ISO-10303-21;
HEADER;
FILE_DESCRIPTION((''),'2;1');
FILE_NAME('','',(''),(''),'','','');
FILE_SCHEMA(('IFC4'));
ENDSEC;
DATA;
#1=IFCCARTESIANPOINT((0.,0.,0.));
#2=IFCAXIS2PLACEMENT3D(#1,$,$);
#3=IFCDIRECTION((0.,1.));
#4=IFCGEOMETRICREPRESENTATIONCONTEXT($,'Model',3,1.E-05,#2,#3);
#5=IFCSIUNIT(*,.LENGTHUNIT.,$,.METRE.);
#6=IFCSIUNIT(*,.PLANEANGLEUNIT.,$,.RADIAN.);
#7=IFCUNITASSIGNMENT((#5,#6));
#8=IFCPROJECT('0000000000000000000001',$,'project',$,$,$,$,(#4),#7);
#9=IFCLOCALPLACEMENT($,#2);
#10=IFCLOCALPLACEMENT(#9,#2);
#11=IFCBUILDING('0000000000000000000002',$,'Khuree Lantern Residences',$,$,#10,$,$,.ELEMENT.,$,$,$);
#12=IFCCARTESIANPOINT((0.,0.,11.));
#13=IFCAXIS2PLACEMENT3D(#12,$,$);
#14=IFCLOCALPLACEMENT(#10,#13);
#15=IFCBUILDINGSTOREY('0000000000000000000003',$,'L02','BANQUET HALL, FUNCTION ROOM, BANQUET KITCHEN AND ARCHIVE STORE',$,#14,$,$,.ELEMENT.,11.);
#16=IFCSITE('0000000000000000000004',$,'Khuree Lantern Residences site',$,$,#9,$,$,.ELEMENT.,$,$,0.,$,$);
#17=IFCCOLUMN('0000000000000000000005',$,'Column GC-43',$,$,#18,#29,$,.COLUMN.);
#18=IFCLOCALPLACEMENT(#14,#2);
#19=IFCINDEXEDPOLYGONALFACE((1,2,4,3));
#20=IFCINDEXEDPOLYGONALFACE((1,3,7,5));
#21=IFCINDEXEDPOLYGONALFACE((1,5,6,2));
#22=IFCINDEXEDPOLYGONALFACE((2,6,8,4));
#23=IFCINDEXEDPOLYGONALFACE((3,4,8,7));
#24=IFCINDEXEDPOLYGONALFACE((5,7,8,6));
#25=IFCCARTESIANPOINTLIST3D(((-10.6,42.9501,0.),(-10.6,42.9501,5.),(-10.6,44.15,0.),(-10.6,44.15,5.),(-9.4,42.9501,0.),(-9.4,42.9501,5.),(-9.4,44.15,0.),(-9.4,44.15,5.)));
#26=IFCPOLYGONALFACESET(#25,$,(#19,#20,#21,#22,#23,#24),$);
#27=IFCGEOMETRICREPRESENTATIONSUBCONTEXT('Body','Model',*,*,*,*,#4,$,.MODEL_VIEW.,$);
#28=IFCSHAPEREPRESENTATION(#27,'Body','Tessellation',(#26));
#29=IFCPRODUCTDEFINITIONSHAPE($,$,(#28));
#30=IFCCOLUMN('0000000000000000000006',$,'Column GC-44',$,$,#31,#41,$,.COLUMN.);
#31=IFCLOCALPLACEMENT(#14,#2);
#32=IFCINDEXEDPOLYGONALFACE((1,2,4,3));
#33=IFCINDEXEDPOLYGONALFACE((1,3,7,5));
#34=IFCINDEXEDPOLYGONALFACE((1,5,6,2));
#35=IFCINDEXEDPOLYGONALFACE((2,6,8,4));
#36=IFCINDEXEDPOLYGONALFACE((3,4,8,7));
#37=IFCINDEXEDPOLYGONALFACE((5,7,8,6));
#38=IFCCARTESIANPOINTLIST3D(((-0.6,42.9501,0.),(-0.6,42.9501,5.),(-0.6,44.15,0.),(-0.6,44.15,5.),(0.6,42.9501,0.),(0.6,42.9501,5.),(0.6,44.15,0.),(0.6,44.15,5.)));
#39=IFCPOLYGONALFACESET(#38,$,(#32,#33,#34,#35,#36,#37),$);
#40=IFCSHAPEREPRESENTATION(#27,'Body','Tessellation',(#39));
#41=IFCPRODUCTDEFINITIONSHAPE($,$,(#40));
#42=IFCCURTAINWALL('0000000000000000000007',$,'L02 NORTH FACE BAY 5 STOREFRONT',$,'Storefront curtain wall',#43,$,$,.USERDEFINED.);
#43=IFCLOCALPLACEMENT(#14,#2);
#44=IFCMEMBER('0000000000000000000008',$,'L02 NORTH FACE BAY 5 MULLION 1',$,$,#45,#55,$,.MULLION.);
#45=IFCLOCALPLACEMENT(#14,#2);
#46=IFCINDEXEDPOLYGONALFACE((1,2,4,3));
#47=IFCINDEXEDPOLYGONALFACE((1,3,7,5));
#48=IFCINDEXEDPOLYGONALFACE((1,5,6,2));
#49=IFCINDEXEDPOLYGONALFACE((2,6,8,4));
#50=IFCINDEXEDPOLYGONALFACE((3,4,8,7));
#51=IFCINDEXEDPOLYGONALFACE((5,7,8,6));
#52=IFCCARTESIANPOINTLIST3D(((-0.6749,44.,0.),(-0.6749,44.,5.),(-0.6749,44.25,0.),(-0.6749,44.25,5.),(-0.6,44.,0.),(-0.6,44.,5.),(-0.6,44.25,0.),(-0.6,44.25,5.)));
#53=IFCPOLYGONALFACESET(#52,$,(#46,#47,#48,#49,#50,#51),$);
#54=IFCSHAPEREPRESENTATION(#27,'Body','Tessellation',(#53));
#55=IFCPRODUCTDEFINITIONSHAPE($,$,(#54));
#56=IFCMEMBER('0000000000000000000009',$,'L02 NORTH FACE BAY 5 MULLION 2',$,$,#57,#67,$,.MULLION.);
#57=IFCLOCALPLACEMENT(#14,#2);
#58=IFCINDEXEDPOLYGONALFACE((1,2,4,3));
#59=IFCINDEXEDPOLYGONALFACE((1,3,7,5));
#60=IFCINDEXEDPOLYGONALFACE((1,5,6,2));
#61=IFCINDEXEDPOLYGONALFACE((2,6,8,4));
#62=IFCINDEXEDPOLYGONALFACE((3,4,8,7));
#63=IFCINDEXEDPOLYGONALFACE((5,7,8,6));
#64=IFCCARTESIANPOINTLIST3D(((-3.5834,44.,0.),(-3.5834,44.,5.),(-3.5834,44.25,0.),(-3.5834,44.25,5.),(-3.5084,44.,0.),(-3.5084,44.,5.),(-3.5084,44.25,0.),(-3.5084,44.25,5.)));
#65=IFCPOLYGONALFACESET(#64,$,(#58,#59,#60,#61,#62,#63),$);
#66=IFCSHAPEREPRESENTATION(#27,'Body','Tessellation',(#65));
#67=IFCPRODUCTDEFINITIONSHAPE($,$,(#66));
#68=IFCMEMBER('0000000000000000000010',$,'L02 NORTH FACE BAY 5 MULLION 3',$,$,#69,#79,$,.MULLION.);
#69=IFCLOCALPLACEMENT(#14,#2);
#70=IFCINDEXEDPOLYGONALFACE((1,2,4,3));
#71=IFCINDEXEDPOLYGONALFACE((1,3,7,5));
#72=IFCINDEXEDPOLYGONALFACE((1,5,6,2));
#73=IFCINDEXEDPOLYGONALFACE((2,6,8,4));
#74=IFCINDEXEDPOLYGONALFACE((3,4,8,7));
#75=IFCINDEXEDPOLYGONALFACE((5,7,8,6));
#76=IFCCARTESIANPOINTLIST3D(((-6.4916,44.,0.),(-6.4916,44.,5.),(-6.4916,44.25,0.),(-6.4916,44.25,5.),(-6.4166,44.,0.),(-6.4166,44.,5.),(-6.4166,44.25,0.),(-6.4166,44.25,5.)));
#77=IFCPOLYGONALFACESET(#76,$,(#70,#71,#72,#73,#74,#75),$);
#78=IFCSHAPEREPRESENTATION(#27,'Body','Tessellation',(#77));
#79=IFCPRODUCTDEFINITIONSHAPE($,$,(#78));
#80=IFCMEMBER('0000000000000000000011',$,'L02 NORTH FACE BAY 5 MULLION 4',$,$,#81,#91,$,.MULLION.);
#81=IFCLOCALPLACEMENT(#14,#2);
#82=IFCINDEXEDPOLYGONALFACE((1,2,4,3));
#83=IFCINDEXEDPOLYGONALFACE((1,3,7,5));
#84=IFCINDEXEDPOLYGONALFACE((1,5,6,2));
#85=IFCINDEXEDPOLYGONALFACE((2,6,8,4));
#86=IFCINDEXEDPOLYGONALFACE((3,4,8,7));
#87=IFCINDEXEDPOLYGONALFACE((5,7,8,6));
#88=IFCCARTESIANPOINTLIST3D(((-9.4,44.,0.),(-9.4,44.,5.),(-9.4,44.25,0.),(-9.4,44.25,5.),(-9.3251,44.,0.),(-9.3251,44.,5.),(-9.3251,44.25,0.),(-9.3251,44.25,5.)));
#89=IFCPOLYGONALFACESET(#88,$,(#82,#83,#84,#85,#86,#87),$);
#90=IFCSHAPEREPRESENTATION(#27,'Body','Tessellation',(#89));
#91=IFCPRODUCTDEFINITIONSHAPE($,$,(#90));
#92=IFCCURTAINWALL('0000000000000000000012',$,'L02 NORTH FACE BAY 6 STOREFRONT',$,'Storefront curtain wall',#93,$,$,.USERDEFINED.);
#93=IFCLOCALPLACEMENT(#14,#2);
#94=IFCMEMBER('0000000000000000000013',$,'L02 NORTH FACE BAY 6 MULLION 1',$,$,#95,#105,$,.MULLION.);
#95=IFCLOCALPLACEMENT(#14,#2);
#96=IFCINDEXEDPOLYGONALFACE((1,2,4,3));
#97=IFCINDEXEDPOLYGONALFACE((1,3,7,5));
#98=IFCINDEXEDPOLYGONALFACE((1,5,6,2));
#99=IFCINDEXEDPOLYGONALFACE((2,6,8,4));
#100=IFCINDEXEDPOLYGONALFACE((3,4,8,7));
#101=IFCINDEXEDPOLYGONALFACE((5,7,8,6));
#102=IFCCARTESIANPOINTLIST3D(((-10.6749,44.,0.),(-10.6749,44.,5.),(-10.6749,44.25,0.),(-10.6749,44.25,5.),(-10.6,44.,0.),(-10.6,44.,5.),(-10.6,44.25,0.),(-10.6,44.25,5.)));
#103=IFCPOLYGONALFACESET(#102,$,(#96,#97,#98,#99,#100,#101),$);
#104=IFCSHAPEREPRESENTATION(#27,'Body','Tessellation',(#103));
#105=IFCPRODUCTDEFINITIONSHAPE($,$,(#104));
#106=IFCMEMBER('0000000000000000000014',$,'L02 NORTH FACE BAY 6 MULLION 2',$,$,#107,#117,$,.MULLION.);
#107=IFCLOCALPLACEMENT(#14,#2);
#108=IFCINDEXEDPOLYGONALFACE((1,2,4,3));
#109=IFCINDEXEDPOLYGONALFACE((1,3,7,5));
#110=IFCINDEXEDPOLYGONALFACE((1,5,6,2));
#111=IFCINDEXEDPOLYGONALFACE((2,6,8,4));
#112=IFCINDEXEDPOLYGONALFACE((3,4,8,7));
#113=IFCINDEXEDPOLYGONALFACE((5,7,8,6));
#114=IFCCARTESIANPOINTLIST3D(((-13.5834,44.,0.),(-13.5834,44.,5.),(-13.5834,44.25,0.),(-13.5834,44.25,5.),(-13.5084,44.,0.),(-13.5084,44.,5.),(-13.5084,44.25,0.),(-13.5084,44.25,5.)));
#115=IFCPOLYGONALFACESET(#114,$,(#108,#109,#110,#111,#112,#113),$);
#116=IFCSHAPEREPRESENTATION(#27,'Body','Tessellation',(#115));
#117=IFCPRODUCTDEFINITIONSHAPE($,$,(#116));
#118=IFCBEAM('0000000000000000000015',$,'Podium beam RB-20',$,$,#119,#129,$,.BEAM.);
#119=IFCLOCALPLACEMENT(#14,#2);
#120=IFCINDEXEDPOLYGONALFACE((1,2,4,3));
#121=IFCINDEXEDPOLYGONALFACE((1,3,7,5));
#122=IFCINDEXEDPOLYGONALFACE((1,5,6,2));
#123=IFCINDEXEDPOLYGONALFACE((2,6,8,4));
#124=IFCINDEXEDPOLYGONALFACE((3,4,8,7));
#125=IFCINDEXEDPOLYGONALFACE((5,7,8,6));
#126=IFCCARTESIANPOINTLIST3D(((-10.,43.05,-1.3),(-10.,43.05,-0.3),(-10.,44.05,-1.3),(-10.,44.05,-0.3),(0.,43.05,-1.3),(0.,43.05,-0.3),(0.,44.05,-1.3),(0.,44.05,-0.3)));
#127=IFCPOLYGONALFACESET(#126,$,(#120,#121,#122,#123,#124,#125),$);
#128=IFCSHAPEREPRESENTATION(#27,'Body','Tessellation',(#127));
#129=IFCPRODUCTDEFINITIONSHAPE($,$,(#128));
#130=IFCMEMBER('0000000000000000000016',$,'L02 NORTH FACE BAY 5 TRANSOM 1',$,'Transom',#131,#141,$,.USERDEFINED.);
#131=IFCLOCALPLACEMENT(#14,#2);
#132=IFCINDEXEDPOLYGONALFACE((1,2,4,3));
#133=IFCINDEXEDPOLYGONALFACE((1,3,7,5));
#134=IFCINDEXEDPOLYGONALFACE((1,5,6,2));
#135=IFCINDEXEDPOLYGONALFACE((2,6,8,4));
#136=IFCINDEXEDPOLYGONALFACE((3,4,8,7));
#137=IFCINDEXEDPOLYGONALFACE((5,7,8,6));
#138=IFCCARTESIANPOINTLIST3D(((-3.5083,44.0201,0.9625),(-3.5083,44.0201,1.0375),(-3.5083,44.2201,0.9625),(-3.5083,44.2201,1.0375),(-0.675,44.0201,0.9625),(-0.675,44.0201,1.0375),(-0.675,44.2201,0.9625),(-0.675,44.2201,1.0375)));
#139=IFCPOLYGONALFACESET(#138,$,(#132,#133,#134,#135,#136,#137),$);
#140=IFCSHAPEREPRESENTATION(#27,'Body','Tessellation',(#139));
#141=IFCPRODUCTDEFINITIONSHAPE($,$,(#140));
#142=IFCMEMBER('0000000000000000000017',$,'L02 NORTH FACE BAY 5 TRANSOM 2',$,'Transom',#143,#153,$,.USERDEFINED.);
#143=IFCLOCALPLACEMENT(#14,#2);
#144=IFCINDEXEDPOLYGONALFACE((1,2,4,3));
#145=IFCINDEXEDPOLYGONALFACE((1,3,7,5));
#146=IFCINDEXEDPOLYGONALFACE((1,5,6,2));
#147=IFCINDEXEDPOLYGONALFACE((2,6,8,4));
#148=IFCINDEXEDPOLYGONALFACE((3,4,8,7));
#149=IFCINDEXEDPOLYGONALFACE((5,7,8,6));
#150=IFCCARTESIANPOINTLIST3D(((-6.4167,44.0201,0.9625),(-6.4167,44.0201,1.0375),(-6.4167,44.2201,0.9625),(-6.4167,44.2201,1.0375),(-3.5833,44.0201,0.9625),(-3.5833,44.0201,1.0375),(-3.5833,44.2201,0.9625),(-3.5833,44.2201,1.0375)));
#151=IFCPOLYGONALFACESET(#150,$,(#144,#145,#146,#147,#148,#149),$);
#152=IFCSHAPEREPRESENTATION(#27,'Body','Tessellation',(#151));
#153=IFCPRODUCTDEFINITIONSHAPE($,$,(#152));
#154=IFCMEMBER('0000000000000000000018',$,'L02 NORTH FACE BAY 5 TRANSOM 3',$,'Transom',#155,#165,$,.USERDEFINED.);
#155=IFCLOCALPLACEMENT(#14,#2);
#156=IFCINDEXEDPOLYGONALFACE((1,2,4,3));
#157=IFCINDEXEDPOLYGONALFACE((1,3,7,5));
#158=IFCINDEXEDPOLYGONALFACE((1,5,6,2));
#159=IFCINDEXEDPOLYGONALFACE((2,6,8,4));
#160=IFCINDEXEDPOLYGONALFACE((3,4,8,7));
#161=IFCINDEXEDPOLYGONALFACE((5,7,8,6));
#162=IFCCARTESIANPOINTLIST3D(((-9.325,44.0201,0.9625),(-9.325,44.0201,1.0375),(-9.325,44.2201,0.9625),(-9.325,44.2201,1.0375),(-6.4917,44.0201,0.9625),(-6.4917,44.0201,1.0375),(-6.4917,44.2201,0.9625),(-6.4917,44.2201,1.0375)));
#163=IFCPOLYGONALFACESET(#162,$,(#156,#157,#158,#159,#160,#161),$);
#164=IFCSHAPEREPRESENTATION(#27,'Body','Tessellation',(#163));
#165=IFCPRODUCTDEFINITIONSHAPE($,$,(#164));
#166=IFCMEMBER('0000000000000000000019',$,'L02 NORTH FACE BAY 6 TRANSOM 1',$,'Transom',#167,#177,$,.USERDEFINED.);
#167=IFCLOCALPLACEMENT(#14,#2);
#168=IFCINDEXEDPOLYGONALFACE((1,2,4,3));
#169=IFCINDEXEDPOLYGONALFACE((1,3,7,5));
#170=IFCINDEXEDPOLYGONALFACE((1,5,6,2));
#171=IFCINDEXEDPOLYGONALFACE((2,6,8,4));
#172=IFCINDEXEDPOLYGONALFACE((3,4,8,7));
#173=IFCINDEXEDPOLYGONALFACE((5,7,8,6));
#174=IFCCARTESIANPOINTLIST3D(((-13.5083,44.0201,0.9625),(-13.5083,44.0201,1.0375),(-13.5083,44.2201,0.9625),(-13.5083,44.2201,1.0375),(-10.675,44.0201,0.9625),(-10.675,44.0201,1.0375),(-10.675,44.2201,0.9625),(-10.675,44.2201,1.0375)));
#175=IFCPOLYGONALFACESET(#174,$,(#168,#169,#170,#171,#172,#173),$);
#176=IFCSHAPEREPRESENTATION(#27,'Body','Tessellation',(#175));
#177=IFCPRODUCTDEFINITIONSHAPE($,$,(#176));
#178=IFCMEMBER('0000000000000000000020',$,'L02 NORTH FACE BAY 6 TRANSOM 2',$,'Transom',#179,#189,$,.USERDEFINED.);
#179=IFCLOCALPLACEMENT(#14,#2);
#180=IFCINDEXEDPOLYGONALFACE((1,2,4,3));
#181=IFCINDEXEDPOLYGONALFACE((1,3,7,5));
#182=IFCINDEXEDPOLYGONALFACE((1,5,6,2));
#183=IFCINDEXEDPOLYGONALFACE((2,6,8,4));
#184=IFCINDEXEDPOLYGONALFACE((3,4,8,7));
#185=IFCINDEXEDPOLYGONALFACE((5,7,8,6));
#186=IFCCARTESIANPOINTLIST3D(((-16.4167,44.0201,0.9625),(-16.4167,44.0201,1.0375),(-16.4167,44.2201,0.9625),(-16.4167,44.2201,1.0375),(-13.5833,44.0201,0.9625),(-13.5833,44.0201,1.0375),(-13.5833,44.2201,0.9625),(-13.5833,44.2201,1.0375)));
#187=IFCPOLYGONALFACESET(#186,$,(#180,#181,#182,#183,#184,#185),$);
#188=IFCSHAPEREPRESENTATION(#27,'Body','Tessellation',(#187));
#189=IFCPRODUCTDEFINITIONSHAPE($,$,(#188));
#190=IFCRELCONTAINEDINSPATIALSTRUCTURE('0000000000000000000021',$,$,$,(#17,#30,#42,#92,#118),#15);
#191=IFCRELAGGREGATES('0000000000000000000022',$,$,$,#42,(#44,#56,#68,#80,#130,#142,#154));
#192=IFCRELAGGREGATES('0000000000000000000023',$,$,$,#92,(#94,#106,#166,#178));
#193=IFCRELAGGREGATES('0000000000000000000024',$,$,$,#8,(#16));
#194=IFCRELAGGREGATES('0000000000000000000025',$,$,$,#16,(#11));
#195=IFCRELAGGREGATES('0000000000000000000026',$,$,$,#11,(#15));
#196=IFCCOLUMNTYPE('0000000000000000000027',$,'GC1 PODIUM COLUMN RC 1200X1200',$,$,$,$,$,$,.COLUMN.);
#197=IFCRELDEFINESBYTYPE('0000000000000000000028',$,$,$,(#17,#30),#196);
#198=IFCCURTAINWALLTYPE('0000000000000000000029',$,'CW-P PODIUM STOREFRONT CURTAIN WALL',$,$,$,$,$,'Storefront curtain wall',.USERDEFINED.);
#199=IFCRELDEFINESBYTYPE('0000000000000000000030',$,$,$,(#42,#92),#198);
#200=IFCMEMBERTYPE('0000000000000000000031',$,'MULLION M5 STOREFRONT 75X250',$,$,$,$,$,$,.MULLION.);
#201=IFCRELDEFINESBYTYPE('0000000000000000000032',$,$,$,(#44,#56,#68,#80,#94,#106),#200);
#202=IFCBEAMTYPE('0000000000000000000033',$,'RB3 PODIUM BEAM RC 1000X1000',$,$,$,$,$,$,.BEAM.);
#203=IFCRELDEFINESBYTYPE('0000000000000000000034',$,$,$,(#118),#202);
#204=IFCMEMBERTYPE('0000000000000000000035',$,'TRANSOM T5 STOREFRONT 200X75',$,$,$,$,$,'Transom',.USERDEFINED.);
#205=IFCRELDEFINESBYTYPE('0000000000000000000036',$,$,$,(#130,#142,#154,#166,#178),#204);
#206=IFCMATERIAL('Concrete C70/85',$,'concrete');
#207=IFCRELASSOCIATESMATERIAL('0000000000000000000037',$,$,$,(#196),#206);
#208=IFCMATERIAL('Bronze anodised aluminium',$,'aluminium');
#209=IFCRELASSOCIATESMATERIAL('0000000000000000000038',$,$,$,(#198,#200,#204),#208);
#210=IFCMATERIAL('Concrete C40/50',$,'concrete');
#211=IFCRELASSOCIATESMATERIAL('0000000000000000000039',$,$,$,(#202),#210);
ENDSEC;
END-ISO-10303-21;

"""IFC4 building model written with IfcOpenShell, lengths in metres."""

from ifc_helpers import new_model, si_unit, direction, frame, origin, origin_2d, place, context, subcontext, project, spatial, rectangle, extrude, material, material_profile, profile_set, type_object, element, aggregate, save


model = new_model("IFC4")

# Units and contexts
model_context = context("Model", 3, precision=1e-05, world=origin(), true_north=direction((0.0, 1.0)))
body_context = subcontext(model_context, "Body", "Model", "MODEL_VIEW")
ifc_project = project(units=[si_unit("LENGTHUNIT", "METRE"), si_unit("PLANEANGLEUNIT", "RADIAN")], contexts=[model_context])

# Site, building, storey
site_placement = place(None, origin())
site = spatial("IfcSite", under=ifc_project, at=site_placement, Name="Khuree Lantern Residences site", CompositionType="ELEMENT", RefElevation=0.0)
building_placement = place(site_placement, origin())
building = spatial("IfcBuilding", under=site, at=building_placement, Name="Khuree Lantern Residences", CompositionType="ELEMENT")
storey_placement = place(building_placement, frame((0.0, 0.0, 11.0)))
storey = spatial("IfcBuildingStorey", under=building, at=storey_placement, Name="L02", Description="BANQUET HALL, FUNCTION ROOM, BANQUET KITCHEN AND ARCHIVE STORE", CompositionType="ELEMENT", Elevation=11.0)

# Columns
ifc_material_1 = material(Name="Concrete C70/85", Category="concrete")
ifc_material_profile_1 = material_profile(ifc_material_1, rectangle(XDim=1.2, YDim=1.2, at=origin_2d()), Name="RC 1200X1200")
ifc_profile_set_1 = profile_set([ifc_material_profile_1], Name="Concrete C70/85")
column_type = type_object("IfcColumnType", Name="GC1 PODIUM COLUMN RC 1200X1200", PredefinedType="COLUMN", material=ifc_profile_set_1)
for number, where, z_axis, x_axis, name in (
    (1, (-10.0, 43.55, 0.0), (0.0, 0.0, 1.0), (1.0, 0.0, 0.0), "Column GC-43"),
    (2, (0.0, 43.55, 0.0), (0.0, 0.0, 1.0), (1.0, 0.0, 0.0), "Column GC-44"),
):
    element("IfcColumn", number, at=place(storey_placement, frame(where, z_axis=z_axis, x_axis=x_axis)), inside=storey, type_object=column_type, Name=name, PredefinedType="COLUMN", context=body_context, shape_type="SweptSolid", body=[
        extrude(rectangle(XDim=1.2, YDim=1.2, at=origin_2d()), origin(), (0.0, 0.0, 1.0), 5.0),
    ])

# Curtain walls, members
ifc_material_2 = material(Name="Bronze anodised aluminium", Category="aluminium")
curtain_wall_type = type_object("IfcCurtainWallType", Name="CW-P PODIUM STOREFRONT CURTAIN WALL", ElementType="Storefront curtain wall", PredefinedType="USERDEFINED", material=ifc_material_2)
curtain_wall_1_placement = place(storey_placement, origin())
curtain_wall_1 = element("IfcCurtainWall", 3, at=curtain_wall_1_placement, inside=storey, type_object=curtain_wall_type, Name="L02 NORTH FACE BAY 5 STOREFRONT", ObjectType="Storefront curtain wall", PredefinedType="USERDEFINED")
ifc_material_profile_2 = material_profile(ifc_material_2, rectangle(XDim=0.075, YDim=0.25, at=origin_2d()), Name="M5 75X250")
ifc_profile_set_2 = profile_set([ifc_material_profile_2], Name="Bronze anodised aluminium")
member_type_1 = type_object("IfcMemberType", Name="MULLION M5 STOREFRONT 75X250", PredefinedType="MULLION", material=ifc_profile_set_2)
member_1_placement = place(storey_placement, frame((-0.6375, 44.125, 0.0), z_axis=(0.0, 0.0, 1.0), x_axis=(-1.0, 0.0, 0.0)))
member_1 = element("IfcMember", 4, at=member_1_placement, type_object=member_type_1, Name="L02 NORTH FACE BAY 5 MULLION 1", PredefinedType="MULLION", context=body_context, shape_type="SweptSolid", body=[
    extrude(rectangle(XDim=0.075, YDim=0.25, at=origin_2d()), origin(), (0.0, 0.0, 1.0), 5.0),
])
member_2_placement = place(storey_placement, frame((-3.5459, 44.125, 0.0), z_axis=(0.0, 0.0, 1.0), x_axis=(-1.0, 0.0, 0.0)))
member_2 = element("IfcMember", 5, at=member_2_placement, type_object=member_type_1, Name="L02 NORTH FACE BAY 5 MULLION 2", PredefinedType="MULLION", context=body_context, shape_type="SweptSolid", body=[
    extrude(rectangle(XDim=0.075, YDim=0.25, at=origin_2d()), origin(), (0.0, 0.0, 1.0), 5.0),
])
member_3_placement = place(storey_placement, frame((-6.4541, 44.125, 0.0), z_axis=(0.0, 0.0, 1.0), x_axis=(-1.0, 0.0, 0.0)))
member_3 = element("IfcMember", 6, at=member_3_placement, type_object=member_type_1, Name="L02 NORTH FACE BAY 5 MULLION 3", PredefinedType="MULLION", context=body_context, shape_type="SweptSolid", body=[
    extrude(rectangle(XDim=0.075, YDim=0.25, at=origin_2d()), origin(), (0.0, 0.0, 1.0), 5.0),
])
member_4_placement = place(storey_placement, frame((-9.3625, 44.125, 0.0), z_axis=(0.0, 0.0, 1.0), x_axis=(-1.0, 0.0, 0.0)))
member_4 = element("IfcMember", 7, at=member_4_placement, type_object=member_type_1, Name="L02 NORTH FACE BAY 5 MULLION 4", PredefinedType="MULLION", context=body_context, shape_type="SweptSolid", body=[
    extrude(rectangle(XDim=0.075, YDim=0.25, at=origin_2d()), origin(), (0.0, 0.0, 1.0), 5.0),
])
curtain_wall_2_placement = place(storey_placement, origin())
curtain_wall_2 = element("IfcCurtainWall", 8, at=curtain_wall_2_placement, inside=storey, type_object=curtain_wall_type, Name="L02 NORTH FACE BAY 6 STOREFRONT", ObjectType="Storefront curtain wall", PredefinedType="USERDEFINED")
member_5_placement = place(storey_placement, frame((-10.6375, 44.125, 0.0), z_axis=(0.0, 0.0, 1.0), x_axis=(-1.0, 0.0, 0.0)))
member_5 = element("IfcMember", 9, at=member_5_placement, type_object=member_type_1, Name="L02 NORTH FACE BAY 6 MULLION 1", PredefinedType="MULLION", context=body_context, shape_type="SweptSolid", body=[
    extrude(rectangle(XDim=0.075, YDim=0.25, at=origin_2d()), origin(), (0.0, 0.0, 1.0), 5.0),
])
member_6_placement = place(storey_placement, frame((-13.5459, 44.125, 0.0), z_axis=(0.0, 0.0, 1.0), x_axis=(-1.0, 0.0, 0.0)))
member_6 = element("IfcMember", 10, at=member_6_placement, type_object=member_type_1, Name="L02 NORTH FACE BAY 6 MULLION 2", PredefinedType="MULLION", context=body_context, shape_type="SweptSolid", body=[
    extrude(rectangle(XDim=0.075, YDim=0.25, at=origin_2d()), origin(), (0.0, 0.0, 1.0), 5.0),
])

# Beam
ifc_material_3 = material(Name="Concrete C40/50", Category="concrete")
ifc_material_profile_3 = material_profile(ifc_material_3, rectangle(XDim=1.0, YDim=1.0, at=origin_2d()), Name="RC 1000X1000")
ifc_profile_set_3 = profile_set([ifc_material_profile_3], Name="Concrete C40/50")
beam_type = type_object("IfcBeamType", Name="RB3 PODIUM BEAM RC 1000X1000", PredefinedType="BEAM", material=ifc_profile_set_3)
beam_placement = place(storey_placement, frame((-10.0, 43.55, -0.8), z_axis=(1.0, 0.0, 0.0), x_axis=(0.0, 1.0, 0.0)))
element("IfcBeam", 11, at=beam_placement, inside=storey, type_object=beam_type, Name="Podium beam RB-20", PredefinedType="BEAM", context=body_context, shape_type="SweptSolid", body=[
    extrude(rectangle(XDim=1.0, YDim=1.0, at=origin_2d()), origin(), (0.0, 0.0, 1.0), 10.0),
])

# Members
ifc_material_profile_4 = material_profile(ifc_material_2, rectangle(XDim=0.2, YDim=0.075, at=origin_2d()), Name="T5 200X75")
ifc_profile_set_4 = profile_set([ifc_material_profile_4], Name="Bronze anodised aluminium")
member_type_2 = type_object("IfcMemberType", Name="TRANSOM T5 STOREFRONT 200X75", ElementType="Transom", PredefinedType="USERDEFINED", material=ifc_profile_set_4)
member_7_placement = place(storey_placement, frame((-0.675, 44.1201, 1.0), z_axis=(-1.0, 0.0, 0.0), x_axis=(0.0, -1.0, 0.0)))
member_7 = element("IfcMember", 12, at=member_7_placement, type_object=member_type_2, Name="L02 NORTH FACE BAY 5 TRANSOM 1", ObjectType="Transom", PredefinedType="USERDEFINED", context=body_context, shape_type="SweptSolid", body=[
    extrude(rectangle(XDim=0.2, YDim=0.075, at=origin_2d()), origin(), (0.0, 0.0, 1.0), 2.8333),
])
member_8_placement = place(storey_placement, frame((-3.5833, 44.1201, 1.0), z_axis=(-1.0, 0.0, 0.0), x_axis=(0.0, -1.0, 0.0)))
member_8 = element("IfcMember", 13, at=member_8_placement, type_object=member_type_2, Name="L02 NORTH FACE BAY 5 TRANSOM 2", ObjectType="Transom", PredefinedType="USERDEFINED", context=body_context, shape_type="SweptSolid", body=[
    extrude(rectangle(XDim=0.2, YDim=0.075, at=origin_2d()), origin(), (0.0, 0.0, 1.0), 2.8335),
])
member_9_placement = place(storey_placement, frame((-6.4917, 44.1201, 1.0), z_axis=(-1.0, 0.0, 0.0), x_axis=(0.0, -1.0, 0.0)))
member_9 = element("IfcMember", 14, at=member_9_placement, type_object=member_type_2, Name="L02 NORTH FACE BAY 5 TRANSOM 3", ObjectType="Transom", PredefinedType="USERDEFINED", context=body_context, shape_type="SweptSolid", body=[
    extrude(rectangle(XDim=0.2, YDim=0.075, at=origin_2d()), origin(), (0.0, 0.0, 1.0), 2.8333),
])
member_10_placement = place(storey_placement, frame((-10.675, 44.1201, 1.0), z_axis=(-1.0, 0.0, 0.0), x_axis=(0.0, -1.0, 0.0)))
member_10 = element("IfcMember", 15, at=member_10_placement, type_object=member_type_2, Name="L02 NORTH FACE BAY 6 TRANSOM 1", ObjectType="Transom", PredefinedType="USERDEFINED", context=body_context, shape_type="SweptSolid", body=[
    extrude(rectangle(XDim=0.2, YDim=0.075, at=origin_2d()), origin(), (0.0, 0.0, 1.0), 2.8333),
])
member_11_placement = place(storey_placement, frame((-13.5833, 44.1201, 1.0), z_axis=(-1.0, 0.0, 0.0), x_axis=(0.0, -1.0, 0.0)))
member_11 = element("IfcMember", 16, at=member_11_placement, type_object=member_type_2, Name="L02 NORTH FACE BAY 6 TRANSOM 2", ObjectType="Transom", PredefinedType="USERDEFINED", context=body_context, shape_type="SweptSolid", body=[
    extrude(rectangle(XDim=0.2, YDim=0.075, at=origin_2d()), origin(), (0.0, 0.0, 1.0), 2.8335),
])

aggregate(curtain_wall_1, [member_1, member_2, member_3, member_4, member_7, member_8, member_9])
aggregate(curtain_wall_2, [member_5, member_6, member_10, member_11])

save(model, "model.ifc")
